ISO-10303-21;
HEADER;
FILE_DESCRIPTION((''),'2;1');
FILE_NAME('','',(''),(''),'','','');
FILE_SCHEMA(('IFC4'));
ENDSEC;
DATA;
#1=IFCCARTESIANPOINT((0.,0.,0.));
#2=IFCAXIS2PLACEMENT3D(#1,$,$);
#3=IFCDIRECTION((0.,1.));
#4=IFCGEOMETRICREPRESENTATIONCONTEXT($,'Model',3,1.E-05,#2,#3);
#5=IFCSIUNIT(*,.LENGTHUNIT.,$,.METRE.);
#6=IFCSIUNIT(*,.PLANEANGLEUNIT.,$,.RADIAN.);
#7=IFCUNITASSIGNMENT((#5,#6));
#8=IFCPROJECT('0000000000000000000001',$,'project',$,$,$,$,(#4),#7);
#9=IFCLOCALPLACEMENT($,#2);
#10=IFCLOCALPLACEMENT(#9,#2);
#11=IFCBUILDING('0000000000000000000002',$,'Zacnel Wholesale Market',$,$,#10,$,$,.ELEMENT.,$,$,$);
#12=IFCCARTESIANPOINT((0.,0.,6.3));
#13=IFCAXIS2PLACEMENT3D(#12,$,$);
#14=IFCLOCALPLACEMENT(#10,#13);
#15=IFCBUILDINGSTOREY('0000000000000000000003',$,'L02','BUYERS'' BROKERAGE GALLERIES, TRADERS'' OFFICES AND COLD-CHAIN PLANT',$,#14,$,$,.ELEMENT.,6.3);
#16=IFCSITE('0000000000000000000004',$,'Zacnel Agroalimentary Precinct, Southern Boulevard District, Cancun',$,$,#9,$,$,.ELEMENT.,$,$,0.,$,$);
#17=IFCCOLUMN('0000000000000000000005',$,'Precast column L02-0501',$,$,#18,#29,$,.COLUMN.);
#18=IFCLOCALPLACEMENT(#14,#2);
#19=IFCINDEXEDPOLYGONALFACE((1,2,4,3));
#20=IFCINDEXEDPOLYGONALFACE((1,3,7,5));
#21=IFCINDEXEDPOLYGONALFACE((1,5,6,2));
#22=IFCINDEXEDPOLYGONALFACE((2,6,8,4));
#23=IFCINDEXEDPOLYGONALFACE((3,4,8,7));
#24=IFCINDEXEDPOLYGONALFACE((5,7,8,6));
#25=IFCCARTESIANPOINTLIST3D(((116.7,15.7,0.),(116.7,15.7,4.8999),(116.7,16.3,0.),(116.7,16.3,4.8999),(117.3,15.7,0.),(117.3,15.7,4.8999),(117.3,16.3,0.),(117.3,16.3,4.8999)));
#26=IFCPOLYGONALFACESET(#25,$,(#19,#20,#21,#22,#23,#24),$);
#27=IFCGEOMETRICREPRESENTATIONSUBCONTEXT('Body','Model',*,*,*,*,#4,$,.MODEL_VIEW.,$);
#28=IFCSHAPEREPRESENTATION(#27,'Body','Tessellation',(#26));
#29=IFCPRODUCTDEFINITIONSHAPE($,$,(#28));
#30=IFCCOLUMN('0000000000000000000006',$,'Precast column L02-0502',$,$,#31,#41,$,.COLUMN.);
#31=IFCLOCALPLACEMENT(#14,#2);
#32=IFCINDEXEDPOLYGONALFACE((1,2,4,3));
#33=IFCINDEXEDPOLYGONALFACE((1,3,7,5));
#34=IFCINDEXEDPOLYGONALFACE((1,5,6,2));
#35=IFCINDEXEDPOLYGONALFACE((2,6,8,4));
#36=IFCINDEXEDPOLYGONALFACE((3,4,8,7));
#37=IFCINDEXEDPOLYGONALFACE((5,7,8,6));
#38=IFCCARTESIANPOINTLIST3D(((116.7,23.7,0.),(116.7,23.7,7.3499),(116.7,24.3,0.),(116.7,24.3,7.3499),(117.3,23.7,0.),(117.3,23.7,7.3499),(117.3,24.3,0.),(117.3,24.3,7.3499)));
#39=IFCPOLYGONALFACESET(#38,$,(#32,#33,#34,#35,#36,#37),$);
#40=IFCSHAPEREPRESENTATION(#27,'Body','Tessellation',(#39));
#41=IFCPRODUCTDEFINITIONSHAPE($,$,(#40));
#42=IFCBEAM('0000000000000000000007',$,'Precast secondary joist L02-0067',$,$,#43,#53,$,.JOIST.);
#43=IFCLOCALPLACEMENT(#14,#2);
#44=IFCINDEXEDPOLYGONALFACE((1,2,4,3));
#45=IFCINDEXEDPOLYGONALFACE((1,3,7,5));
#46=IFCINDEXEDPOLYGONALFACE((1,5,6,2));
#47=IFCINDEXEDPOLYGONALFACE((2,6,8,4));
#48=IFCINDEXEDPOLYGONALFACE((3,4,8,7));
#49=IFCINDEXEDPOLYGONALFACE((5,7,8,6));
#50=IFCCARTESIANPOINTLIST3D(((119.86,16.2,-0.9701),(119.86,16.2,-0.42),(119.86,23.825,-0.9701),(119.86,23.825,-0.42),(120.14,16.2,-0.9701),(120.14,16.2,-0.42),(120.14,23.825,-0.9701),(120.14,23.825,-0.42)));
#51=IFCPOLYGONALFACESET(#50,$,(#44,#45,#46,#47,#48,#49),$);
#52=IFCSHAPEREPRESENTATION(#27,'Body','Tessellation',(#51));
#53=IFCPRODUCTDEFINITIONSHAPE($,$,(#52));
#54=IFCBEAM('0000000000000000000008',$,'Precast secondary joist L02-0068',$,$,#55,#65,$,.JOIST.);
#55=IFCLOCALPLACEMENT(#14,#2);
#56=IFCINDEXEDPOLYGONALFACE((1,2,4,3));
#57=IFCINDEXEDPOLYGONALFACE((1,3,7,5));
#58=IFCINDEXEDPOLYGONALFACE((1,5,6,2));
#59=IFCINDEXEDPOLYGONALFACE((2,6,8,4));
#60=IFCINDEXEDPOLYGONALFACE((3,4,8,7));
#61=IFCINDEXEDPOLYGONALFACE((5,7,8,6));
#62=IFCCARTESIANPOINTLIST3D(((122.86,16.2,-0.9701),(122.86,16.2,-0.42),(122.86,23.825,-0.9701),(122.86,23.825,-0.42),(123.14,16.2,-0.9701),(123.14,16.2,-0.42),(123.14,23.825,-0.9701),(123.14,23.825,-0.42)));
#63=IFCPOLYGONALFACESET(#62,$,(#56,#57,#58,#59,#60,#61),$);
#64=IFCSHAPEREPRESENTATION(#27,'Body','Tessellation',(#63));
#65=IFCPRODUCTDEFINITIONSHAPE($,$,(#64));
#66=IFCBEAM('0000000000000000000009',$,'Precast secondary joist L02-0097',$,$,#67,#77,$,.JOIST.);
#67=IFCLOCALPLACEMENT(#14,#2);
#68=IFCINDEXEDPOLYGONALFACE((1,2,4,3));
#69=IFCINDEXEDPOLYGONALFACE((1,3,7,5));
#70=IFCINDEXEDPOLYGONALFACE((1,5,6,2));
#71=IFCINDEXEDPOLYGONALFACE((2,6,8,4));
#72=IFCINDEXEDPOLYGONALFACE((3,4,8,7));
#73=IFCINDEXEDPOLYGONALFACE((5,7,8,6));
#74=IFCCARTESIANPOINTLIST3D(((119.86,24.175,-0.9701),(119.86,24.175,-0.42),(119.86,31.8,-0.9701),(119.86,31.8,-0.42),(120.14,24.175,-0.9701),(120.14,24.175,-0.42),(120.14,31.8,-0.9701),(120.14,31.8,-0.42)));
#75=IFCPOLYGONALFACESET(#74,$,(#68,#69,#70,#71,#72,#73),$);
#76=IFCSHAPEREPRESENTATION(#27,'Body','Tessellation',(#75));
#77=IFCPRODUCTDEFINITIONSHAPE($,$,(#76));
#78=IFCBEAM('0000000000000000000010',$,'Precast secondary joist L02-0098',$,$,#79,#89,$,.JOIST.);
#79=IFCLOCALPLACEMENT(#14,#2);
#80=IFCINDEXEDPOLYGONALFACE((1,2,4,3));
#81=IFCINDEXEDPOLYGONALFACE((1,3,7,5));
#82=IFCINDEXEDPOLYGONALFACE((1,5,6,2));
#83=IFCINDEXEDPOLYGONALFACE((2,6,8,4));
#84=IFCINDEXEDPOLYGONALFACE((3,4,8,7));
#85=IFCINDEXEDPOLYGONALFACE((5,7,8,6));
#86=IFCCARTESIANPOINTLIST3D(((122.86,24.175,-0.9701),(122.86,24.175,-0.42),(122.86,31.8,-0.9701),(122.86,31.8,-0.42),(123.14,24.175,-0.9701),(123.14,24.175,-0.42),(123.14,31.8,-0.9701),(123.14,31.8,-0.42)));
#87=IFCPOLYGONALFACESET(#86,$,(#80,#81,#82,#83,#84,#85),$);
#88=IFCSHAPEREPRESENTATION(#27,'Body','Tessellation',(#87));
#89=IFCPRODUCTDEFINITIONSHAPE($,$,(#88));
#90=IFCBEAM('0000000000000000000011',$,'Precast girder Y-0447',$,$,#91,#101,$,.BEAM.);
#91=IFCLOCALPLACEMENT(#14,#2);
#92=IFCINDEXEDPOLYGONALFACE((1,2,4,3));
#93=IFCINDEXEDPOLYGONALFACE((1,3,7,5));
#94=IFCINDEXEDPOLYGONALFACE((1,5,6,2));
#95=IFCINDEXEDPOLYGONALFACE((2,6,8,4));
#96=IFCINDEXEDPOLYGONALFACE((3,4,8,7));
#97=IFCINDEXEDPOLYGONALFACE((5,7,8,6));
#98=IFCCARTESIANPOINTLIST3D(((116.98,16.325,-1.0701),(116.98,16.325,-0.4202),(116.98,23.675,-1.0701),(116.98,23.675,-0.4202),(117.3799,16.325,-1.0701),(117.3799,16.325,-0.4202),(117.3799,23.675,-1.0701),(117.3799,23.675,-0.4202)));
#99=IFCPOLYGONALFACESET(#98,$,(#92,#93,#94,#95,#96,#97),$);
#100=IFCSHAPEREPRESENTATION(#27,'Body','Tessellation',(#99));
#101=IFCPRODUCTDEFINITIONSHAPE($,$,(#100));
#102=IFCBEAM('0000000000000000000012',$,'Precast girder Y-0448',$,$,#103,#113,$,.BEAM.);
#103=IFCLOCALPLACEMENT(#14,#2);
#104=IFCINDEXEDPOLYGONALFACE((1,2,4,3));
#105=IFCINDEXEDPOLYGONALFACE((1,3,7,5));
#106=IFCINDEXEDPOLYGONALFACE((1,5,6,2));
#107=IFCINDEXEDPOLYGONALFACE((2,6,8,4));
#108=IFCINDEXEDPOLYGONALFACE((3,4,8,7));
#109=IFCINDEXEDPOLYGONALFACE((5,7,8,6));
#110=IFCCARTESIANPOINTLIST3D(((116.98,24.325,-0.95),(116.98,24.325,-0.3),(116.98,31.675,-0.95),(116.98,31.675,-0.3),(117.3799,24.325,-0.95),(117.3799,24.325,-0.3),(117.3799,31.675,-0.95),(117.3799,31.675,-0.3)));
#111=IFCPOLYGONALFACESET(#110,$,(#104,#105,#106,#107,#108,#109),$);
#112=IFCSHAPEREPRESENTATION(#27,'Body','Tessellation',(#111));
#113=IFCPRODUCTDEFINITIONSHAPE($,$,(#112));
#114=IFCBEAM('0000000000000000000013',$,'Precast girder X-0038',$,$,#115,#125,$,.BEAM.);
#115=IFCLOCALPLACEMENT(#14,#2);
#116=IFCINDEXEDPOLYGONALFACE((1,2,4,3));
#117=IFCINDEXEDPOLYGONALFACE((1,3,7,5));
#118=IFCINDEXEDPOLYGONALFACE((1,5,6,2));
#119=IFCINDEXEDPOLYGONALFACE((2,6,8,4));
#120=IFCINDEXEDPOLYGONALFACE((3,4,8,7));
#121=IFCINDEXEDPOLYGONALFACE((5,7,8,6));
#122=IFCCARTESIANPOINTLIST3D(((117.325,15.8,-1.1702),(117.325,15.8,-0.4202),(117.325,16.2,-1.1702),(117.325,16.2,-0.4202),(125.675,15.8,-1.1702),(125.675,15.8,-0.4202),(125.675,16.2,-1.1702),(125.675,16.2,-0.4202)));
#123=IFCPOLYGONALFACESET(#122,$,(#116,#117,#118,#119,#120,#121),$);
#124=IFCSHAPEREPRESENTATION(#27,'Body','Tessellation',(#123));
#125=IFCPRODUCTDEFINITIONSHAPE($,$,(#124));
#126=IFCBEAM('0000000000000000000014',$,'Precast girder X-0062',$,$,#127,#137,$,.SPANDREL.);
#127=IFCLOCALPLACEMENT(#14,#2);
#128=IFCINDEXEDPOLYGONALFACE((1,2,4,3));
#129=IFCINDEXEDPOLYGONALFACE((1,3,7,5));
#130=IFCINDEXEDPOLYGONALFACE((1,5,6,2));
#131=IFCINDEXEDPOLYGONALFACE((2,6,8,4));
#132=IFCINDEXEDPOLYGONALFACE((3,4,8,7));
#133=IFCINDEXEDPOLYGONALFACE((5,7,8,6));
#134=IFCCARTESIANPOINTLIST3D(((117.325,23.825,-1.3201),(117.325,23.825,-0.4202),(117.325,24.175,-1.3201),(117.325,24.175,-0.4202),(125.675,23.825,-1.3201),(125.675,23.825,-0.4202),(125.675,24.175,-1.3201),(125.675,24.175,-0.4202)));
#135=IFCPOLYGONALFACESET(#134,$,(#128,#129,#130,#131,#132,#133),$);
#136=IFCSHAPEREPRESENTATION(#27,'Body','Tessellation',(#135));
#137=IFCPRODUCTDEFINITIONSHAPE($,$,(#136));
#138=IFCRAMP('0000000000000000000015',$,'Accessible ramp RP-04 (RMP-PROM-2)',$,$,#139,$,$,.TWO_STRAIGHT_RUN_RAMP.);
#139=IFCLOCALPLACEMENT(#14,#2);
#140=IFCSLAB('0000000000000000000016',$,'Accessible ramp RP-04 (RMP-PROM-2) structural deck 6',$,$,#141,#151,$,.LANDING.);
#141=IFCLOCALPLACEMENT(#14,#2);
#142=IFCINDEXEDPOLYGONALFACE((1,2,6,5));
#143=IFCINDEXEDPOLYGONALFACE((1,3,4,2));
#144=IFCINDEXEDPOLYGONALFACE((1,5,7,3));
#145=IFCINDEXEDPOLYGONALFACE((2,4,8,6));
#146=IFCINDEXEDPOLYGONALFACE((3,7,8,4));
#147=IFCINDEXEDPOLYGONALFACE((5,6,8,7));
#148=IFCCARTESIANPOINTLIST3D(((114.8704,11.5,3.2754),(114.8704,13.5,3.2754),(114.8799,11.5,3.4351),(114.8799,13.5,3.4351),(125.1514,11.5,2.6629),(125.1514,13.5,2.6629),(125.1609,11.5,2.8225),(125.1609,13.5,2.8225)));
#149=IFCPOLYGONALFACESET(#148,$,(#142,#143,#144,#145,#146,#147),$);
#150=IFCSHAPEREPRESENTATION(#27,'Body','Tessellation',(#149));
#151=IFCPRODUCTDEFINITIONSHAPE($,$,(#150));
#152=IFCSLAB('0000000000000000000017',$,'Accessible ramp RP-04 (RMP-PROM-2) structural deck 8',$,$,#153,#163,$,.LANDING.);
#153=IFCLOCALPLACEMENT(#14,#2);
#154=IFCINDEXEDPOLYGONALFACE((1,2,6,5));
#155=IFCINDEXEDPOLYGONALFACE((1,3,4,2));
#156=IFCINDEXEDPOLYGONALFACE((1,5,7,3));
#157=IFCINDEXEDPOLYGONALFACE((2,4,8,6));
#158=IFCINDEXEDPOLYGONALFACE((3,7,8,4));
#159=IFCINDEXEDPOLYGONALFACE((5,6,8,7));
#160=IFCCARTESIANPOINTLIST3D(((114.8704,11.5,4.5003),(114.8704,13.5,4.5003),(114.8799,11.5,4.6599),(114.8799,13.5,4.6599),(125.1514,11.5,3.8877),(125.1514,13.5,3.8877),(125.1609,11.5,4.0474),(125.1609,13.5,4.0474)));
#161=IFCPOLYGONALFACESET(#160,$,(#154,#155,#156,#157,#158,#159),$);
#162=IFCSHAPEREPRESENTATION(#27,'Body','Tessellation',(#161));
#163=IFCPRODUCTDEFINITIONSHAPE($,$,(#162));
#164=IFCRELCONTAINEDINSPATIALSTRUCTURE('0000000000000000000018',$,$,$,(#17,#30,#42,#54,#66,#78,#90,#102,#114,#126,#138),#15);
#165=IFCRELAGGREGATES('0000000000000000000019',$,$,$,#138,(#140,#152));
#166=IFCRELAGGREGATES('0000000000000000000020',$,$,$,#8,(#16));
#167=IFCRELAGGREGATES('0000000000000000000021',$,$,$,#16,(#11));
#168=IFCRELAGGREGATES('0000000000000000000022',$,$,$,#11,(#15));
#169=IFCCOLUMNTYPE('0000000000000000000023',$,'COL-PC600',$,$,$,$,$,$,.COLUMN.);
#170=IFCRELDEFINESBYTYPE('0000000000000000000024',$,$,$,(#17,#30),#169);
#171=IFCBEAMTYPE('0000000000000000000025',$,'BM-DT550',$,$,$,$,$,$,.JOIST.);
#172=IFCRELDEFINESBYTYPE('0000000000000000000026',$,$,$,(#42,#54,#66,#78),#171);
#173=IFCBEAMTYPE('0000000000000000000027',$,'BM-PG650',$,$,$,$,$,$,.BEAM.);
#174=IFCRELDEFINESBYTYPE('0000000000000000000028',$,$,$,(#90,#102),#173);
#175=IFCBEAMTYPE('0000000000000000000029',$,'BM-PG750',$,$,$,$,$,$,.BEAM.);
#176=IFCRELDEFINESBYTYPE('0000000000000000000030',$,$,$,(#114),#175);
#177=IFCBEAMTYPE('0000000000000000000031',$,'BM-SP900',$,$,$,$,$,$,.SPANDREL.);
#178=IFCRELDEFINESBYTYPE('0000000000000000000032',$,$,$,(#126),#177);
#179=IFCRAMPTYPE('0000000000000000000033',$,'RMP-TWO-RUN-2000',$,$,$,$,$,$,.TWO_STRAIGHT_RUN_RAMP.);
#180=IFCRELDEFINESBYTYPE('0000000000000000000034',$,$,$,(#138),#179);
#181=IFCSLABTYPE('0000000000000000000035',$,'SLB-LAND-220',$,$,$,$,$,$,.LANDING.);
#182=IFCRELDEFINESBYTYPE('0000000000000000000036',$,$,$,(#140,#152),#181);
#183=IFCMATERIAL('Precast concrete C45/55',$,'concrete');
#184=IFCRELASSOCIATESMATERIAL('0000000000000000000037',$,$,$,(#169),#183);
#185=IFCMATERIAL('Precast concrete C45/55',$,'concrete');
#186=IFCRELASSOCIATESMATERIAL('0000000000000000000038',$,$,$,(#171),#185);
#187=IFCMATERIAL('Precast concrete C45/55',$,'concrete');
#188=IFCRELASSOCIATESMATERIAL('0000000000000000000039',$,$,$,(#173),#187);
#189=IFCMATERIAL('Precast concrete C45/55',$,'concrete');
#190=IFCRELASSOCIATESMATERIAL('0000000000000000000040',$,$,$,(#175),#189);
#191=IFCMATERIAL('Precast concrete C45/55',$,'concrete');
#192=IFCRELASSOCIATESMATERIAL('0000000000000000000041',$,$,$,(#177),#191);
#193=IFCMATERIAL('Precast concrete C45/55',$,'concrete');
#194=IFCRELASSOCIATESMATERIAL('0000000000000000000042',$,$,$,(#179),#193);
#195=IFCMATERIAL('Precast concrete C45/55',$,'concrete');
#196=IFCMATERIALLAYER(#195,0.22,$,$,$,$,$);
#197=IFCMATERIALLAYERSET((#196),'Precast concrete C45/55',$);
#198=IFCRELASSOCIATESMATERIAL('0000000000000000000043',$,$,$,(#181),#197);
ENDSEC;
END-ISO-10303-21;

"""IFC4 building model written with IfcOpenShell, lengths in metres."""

from ifc_helpers import new_model, si_unit, direction, frame, origin, origin_2d, place, context, subcontext, project, spatial, polyline, rectangle, outline, extrude, material, layer, layer_set, material_profile, profile_set, type_object, element, aggregate, save


model = new_model("IFC4")

# Units and contexts
model_context = context("Model", 3, precision=1e-05, world=origin(), true_north=direction((0.0, 1.0)))
body_context = subcontext(model_context, "Body", "Model", "MODEL_VIEW")
ifc_project = project(units=[si_unit("LENGTHUNIT", "METRE"), si_unit("PLANEANGLEUNIT", "RADIAN")], contexts=[model_context])

# Site, building, storey
site_placement = place(None, origin())
site = spatial("IfcSite", under=ifc_project, at=site_placement, Name="Zacnel Agroalimentary Precinct, Southern Boulevard District, Cancun", CompositionType="ELEMENT", RefElevation=0.0)
building_placement = place(site_placement, origin())
building = spatial("IfcBuilding", under=site, at=building_placement, Name="Zacnel Wholesale Market", CompositionType="ELEMENT")
storey_placement = place(building_placement, frame((0.0, 0.0, 6.3)))
storey = spatial("IfcBuildingStorey", under=building, at=storey_placement, Name="L02", Description="BUYERS' BROKERAGE GALLERIES, TRADERS' OFFICES AND COLD-CHAIN PLANT", CompositionType="ELEMENT", Elevation=6.3)

# Columns
ifc_material_1 = material(Name="Precast concrete C45/55", Category="concrete")
ifc_material_profile_1 = material_profile(ifc_material_1, rectangle(XDim=0.6001, YDim=0.6001, at=origin_2d()), Name="PC 600x600")
ifc_profile_set_1 = profile_set([ifc_material_profile_1], Name="Precast concrete C45/55")
column_type = type_object("IfcColumnType", Name="COL-PC600", PredefinedType="COLUMN", material=ifc_profile_set_1)
column_1_placement = place(storey_placement, frame((117.0, 16.0, 0.0), z_axis=(0.0, 0.0, 1.0), x_axis=(1.0, 0.0, 0.0)))
element("IfcColumn", 1, at=column_1_placement, inside=storey, type_object=column_type, Name="Precast column L02-0501", PredefinedType="COLUMN", context=body_context, shape_type="SweptSolid", body=[
    extrude(rectangle(XDim=0.6001, YDim=0.6001, at=origin_2d()), origin(), (0.0, 0.0, 1.0), 4.8999),
])
column_2_placement = place(storey_placement, frame((117.0, 24.0, 0.0), z_axis=(0.0, 0.0, 1.0), x_axis=(1.0, 0.0, 0.0)))
element("IfcColumn", 2, at=column_2_placement, inside=storey, type_object=column_type, Name="Precast column L02-0502", PredefinedType="COLUMN", context=body_context, shape_type="SweptSolid", body=[
    extrude(rectangle(XDim=0.6001, YDim=0.6001, at=origin_2d()), origin(), (0.0, 0.0, 1.0), 7.3499),
])

# Beams
ifc_material_2 = material(Name="Precast concrete C45/55", Category="concrete")
ifc_material_profile_2 = material_profile(ifc_material_2, rectangle(XDim=0.28, YDim=0.55, at=origin_2d()), Name="DT RIB 280x550")
ifc_profile_set_2 = profile_set([ifc_material_profile_2], Name="Precast concrete C45/55")
beam_type_1 = type_object("IfcBeamType", Name="BM-DT550", PredefinedType="JOIST", material=ifc_profile_set_2)
for number, where, z_axis, x_axis, name in (
    (3, (120.0, 16.2, -0.6951), (0.0, 1.0, 0.0), (-1.0, 0.0, 0.0), "Precast secondary joist L02-0067"),
    (4, (123.0, 16.2, -0.6951), (0.0, 1.0, 0.0), (-1.0, 0.0, 0.0), "Precast secondary joist L02-0068"),
    (5, (120.0, 24.175, -0.6951), (0.0, 1.0, 0.0), (-1.0, 0.0, 0.0), "Precast secondary joist L02-0097"),
    (6, (123.0, 24.175, -0.6951), (0.0, 1.0, 0.0), (-1.0, 0.0, 0.0), "Precast secondary joist L02-0098"),
):
    element("IfcBeam", number, at=place(storey_placement, frame(where, z_axis=z_axis, x_axis=x_axis)), inside=storey, type_object=beam_type_1, Name=name, PredefinedType="JOIST", context=body_context, shape_type="SweptSolid", body=[
        extrude(rectangle(XDim=0.28, YDim=0.55, at=origin_2d()), origin(), (0.0, 0.0, 1.0), 7.625),
    ])
ifc_material_3 = material(Name="Precast concrete C45/55", Category="concrete")
ifc_material_profile_3 = material_profile(ifc_material_3, rectangle(XDim=0.3999, YDim=0.6499, at=origin_2d()), Name="PG 400x650")
ifc_profile_set_3 = profile_set([ifc_material_profile_3], Name="Precast concrete C45/55")
beam_type_2 = type_object("IfcBeamType", Name="BM-PG650", PredefinedType="BEAM", material=ifc_profile_set_3)
for number, where, z_axis, x_axis, name in (
    (7, (117.1799, 16.325, -0.7451), (0.0, 1.0, 0.0), (-1.0, 0.0, 0.0), "Precast girder Y-0447"),
    (8, (117.1799, 24.325, -0.625), (0.0, 1.0, 0.0), (-1.0, 0.0, 0.0), "Precast girder Y-0448"),
):
    element("IfcBeam", number, at=place(storey_placement, frame(where, z_axis=z_axis, x_axis=x_axis)), inside=storey, type_object=beam_type_2, Name=name, PredefinedType="BEAM", context=body_context, shape_type="SweptSolid", body=[
        extrude(rectangle(XDim=0.3999, YDim=0.6499, at=origin_2d()), origin(), (0.0, 0.0, 1.0), 7.3501),
    ])
ifc_material_4 = material(Name="Precast concrete C45/55", Category="concrete")
ifc_material_profile_4 = material_profile(ifc_material_4, rectangle(XDim=0.3999, YDim=0.75, at=origin_2d()), Name="PG 400x750")
ifc_profile_set_4 = profile_set([ifc_material_profile_4], Name="Precast concrete C45/55")
beam_type_3 = type_object("IfcBeamType", Name="BM-PG750", PredefinedType="BEAM", material=ifc_profile_set_4)
beam_1_placement = place(storey_placement, frame((117.325, 16.0, -0.7952), z_axis=(1.0, 0.0, 0.0), x_axis=(0.0, 1.0, 0.0)))
element("IfcBeam", 9, at=beam_1_placement, inside=storey, type_object=beam_type_3, Name="Precast girder X-0038", PredefinedType="BEAM", context=body_context, shape_type="SweptSolid", body=[
    extrude(rectangle(XDim=0.3999, YDim=0.75, at=origin_2d()), origin(), (0.0, 0.0, 1.0), 8.3501),
])
ifc_material_5 = material(Name="Precast concrete C45/55", Category="concrete")
ifc_material_profile_5 = material_profile(ifc_material_5, rectangle(XDim=0.3501, YDim=0.8999, at=origin_2d()), Name="SP 350x900")
ifc_profile_set_5 = profile_set([ifc_material_profile_5], Name="Precast concrete C45/55")
beam_type_4 = type_object("IfcBeamType", Name="BM-SP900", PredefinedType="SPANDREL", material=ifc_profile_set_5)
beam_2_placement = place(storey_placement, frame((117.325, 24.0, -0.8701), z_axis=(1.0, 0.0, 0.0), x_axis=(0.0, 1.0, 0.0)))
element("IfcBeam", 10, at=beam_2_placement, inside=storey, type_object=beam_type_4, Name="Precast girder X-0062", PredefinedType="SPANDREL", context=body_context, shape_type="SweptSolid", body=[
    extrude(rectangle(XDim=0.3501, YDim=0.8999, at=origin_2d()), origin(), (0.0, 0.0, 1.0), 8.3501),
])

# Ramp, slabs
ifc_material_6 = material(Name="Precast concrete C45/55", Category="concrete")
ramp_type = type_object("IfcRampType", Name="RMP-TWO-RUN-2000", PredefinedType="TWO_STRAIGHT_RUN_RAMP", material=ifc_material_6)
ramp_placement = place(storey_placement, origin())
ramp = element("IfcRamp", 11, at=ramp_placement, inside=storey, type_object=ramp_type, Name="Accessible ramp RP-04 (RMP-PROM-2)", PredefinedType="TWO_STRAIGHT_RUN_RAMP")
ifc_material_7 = material(Name="Precast concrete C45/55", Category="concrete")
ifc_layer_1 = layer(ifc_material_7, 0.22)
ifc_layer_set_1 = layer_set([ifc_layer_1], Name="Precast concrete C45/55")
slab_type = type_object("IfcSlabType", Name="SLB-LAND-220", PredefinedType="LANDING", material=ifc_layer_set_1)
slab_1_placement = place(storey_placement, frame((114.8799, 11.5, 3.4351), z_axis=(0.059475, 0.0, 0.99823), x_axis=(0.99823, 0.0, -0.059475)))
slab_1 = element("IfcSlab", 12, at=slab_1_placement, type_object=slab_type, Name="Accessible ramp RP-04 (RMP-PROM-2) structural deck 6", PredefinedType="LANDING", context=body_context, shape_type="SweptSolid", body=[
    extrude(outline(polyline([(0.0, 0.0), (10.2992, 0.0), (10.2992, 2.0), (0.0, 2.0), (0.0, 0.0)])), origin(), (0.0, 0.0, -1.0), 0.1599),
])
slab_2_placement = place(storey_placement, frame((114.8799, 11.5, 4.6599), z_axis=(0.059475, 0.0, 0.99823), x_axis=(0.99823, 0.0, -0.059475)))
slab_2 = element("IfcSlab", 13, at=slab_2_placement, type_object=slab_type, Name="Accessible ramp RP-04 (RMP-PROM-2) structural deck 8", PredefinedType="LANDING", context=body_context, shape_type="SweptSolid", body=[
    extrude(outline(polyline([(0.0, 0.0), (10.2992, 0.0), (10.2992, 2.0), (0.0, 2.0), (0.0, 0.0)])), origin(), (0.0, 0.0, -1.0), 0.1599),
])

aggregate(ramp, [slab_1, slab_2])

save(model, "model.ifc")
